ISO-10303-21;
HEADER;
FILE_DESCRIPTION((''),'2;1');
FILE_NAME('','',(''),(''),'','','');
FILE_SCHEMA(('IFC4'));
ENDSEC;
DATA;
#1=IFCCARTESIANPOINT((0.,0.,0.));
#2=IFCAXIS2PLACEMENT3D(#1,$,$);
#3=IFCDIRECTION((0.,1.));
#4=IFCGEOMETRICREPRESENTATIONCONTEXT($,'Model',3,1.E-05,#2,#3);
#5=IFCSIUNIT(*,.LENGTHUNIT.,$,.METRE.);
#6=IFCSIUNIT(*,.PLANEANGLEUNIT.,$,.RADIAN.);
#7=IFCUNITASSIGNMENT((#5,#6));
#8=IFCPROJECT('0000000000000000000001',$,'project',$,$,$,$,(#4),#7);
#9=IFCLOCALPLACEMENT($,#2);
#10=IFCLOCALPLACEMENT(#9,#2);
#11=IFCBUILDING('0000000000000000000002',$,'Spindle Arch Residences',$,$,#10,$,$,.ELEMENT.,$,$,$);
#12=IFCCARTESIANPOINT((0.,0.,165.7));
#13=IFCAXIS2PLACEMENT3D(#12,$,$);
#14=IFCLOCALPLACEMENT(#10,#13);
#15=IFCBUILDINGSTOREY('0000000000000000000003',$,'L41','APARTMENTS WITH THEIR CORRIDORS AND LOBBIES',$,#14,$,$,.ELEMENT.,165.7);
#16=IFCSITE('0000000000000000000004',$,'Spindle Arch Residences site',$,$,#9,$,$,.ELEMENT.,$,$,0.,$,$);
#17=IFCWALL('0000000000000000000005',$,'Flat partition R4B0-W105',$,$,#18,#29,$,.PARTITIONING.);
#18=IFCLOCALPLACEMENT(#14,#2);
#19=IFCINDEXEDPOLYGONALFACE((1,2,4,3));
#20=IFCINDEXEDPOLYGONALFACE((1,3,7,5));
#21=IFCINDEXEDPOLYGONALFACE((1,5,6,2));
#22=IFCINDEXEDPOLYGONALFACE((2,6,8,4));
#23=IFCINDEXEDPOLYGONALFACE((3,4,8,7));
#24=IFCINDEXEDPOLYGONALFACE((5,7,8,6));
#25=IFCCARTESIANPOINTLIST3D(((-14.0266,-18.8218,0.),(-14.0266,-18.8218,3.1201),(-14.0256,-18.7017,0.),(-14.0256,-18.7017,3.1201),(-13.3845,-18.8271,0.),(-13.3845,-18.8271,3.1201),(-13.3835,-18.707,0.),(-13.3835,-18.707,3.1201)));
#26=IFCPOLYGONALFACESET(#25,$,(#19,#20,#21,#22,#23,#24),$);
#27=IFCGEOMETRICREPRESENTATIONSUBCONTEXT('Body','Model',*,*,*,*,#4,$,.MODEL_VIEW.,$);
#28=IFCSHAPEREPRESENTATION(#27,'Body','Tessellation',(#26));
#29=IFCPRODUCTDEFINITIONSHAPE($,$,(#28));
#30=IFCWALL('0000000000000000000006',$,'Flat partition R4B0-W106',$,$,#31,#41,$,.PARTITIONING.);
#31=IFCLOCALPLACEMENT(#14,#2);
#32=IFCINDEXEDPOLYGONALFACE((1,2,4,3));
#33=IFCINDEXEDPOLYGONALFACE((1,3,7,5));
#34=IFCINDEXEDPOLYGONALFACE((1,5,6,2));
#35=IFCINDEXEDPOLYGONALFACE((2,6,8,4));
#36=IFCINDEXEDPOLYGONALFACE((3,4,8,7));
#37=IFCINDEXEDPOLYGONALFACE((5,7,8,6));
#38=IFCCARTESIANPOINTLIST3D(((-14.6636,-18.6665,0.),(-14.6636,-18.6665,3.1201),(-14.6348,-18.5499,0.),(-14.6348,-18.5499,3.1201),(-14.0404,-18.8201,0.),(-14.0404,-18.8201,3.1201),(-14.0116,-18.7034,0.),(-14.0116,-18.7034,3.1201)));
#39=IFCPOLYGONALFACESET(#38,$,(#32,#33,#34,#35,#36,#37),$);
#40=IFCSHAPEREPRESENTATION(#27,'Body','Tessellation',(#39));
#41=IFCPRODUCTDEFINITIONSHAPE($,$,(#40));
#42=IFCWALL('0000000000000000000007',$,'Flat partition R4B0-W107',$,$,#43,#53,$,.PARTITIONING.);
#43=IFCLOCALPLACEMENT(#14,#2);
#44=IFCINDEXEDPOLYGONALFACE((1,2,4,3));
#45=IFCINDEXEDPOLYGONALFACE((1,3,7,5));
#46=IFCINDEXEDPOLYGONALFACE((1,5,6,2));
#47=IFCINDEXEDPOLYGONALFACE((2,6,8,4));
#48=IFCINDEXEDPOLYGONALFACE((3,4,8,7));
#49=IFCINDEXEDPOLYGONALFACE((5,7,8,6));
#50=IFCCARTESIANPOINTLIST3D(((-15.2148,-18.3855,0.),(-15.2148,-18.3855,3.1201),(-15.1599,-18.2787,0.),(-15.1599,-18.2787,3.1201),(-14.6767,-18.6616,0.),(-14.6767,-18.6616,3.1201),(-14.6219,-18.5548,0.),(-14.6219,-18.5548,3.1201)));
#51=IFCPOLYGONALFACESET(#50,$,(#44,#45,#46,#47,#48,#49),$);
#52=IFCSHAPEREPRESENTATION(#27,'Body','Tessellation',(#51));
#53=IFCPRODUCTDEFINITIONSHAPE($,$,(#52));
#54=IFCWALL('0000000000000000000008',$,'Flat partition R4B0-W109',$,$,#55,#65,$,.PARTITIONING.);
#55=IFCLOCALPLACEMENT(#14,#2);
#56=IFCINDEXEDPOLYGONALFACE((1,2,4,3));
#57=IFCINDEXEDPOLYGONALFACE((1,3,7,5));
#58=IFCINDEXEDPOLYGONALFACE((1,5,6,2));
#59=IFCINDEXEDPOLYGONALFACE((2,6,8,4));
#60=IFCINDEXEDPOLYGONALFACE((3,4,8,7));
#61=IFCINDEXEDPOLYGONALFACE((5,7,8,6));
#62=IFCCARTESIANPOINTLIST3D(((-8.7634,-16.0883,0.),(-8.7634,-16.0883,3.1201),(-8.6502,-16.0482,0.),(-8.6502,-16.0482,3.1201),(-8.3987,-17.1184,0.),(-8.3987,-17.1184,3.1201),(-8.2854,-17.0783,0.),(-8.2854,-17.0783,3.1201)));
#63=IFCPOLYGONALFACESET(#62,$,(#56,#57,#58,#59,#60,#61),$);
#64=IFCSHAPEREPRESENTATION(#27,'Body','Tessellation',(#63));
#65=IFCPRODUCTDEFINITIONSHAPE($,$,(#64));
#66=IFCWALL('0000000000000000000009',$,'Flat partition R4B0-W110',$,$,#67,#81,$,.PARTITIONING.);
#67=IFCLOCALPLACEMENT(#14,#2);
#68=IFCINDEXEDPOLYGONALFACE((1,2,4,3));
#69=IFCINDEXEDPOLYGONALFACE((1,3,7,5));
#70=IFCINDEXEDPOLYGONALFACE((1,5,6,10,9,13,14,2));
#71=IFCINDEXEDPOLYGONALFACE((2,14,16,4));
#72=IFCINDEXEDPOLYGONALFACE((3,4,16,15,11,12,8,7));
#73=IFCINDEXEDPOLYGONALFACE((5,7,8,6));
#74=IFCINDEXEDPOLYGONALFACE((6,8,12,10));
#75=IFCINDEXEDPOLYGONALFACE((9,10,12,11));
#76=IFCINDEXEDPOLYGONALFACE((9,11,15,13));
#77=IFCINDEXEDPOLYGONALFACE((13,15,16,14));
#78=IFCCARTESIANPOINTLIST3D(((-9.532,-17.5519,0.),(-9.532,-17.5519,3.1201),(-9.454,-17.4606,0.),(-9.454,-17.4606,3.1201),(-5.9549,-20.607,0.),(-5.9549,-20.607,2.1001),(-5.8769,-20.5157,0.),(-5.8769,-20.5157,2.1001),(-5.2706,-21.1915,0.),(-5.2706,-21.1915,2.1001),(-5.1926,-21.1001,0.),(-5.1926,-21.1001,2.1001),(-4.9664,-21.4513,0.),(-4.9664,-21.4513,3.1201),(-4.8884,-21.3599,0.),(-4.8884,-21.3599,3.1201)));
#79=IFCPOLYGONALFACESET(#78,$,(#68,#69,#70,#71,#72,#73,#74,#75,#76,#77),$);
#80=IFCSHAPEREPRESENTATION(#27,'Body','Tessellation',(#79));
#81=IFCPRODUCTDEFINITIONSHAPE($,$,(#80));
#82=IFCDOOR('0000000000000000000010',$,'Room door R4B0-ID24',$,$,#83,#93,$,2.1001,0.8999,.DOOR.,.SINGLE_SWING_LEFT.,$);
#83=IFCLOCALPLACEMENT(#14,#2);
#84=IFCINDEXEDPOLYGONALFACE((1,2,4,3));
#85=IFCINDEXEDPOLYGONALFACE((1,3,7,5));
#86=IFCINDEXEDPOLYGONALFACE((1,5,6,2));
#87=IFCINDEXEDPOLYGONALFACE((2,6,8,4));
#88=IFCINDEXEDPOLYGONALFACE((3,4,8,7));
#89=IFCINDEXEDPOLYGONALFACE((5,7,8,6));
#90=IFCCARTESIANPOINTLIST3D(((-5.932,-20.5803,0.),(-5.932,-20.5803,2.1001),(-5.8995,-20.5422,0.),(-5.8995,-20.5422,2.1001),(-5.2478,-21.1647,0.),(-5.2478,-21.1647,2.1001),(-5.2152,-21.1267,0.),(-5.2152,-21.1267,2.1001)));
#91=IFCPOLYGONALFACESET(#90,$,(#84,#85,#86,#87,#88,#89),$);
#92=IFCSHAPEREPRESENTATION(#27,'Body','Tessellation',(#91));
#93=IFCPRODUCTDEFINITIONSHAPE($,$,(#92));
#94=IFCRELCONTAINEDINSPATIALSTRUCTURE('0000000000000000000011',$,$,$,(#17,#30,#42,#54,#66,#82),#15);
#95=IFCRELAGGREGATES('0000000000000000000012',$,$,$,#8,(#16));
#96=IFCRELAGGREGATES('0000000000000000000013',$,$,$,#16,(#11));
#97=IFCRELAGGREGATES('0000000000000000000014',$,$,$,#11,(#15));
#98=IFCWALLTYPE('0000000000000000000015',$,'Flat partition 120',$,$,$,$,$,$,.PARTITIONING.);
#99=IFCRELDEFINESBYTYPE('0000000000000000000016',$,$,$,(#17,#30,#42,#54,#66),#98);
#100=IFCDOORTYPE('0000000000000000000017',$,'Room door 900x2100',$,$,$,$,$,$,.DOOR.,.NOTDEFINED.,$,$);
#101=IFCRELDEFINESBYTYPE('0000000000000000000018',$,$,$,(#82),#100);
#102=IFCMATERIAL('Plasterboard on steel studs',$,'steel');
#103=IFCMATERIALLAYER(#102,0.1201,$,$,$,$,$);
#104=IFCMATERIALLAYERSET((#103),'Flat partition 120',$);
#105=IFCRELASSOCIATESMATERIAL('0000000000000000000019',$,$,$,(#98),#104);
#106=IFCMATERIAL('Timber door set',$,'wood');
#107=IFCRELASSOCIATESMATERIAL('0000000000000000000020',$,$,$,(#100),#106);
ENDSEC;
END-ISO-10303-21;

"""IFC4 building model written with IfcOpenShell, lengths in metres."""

from ifc_helpers import new_model, si_unit, direction, frame, frame_2d, origin, place, context, subcontext, project, spatial, rectangle, extrude, material, layer, layer_set, type_object, element, fill, save


model = new_model("IFC4")

# Units and contexts
model_context = context("Model", 3, precision=1e-05, world=origin(), true_north=direction((0.0, 1.0)))
body_context = subcontext(model_context, "Body", "Model", "MODEL_VIEW")
ifc_project = project(units=[si_unit("LENGTHUNIT", "METRE"), si_unit("PLANEANGLEUNIT", "RADIAN")], contexts=[model_context])

# Site, building, storey
site_placement = place(None, origin())
site = spatial("IfcSite", under=ifc_project, at=site_placement, Name="Spindle Arch Residences site", CompositionType="ELEMENT", RefElevation=0.0)
building_placement = place(site_placement, origin())
building = spatial("IfcBuilding", under=site, at=building_placement, Name="Spindle Arch Residences", CompositionType="ELEMENT")
storey_placement = place(building_placement, frame((0.0, 0.0, 165.7)))
storey = spatial("IfcBuildingStorey", under=building, at=storey_placement, Name="L41", Description="APARTMENTS WITH THEIR CORRIDORS AND LOBBIES", CompositionType="ELEMENT", Elevation=165.7)

# Shared definitions
ifc_material_1 = material(Name="Plasterboard on steel studs", Category="steel")
ifc_layer_1 = layer(ifc_material_1, 0.1201)
ifc_layer_set_1 = layer_set([ifc_layer_1], Name="Flat partition 120")
wall_type_1 = type_object("IfcWallType", Name="Flat partition 120", PredefinedType="PARTITIONING", material=ifc_layer_set_1)
ifc_material_2 = material(Name="Timber door set", Category="wood")
door_type_1 = type_object("IfcDoorType", Name="Room door 900x2100", OperationType="NOTDEFINED", PredefinedType="DOOR", material=ifc_material_2)

# Walls
wall_1_placement = place(storey_placement, frame((-13.384, -18.7671, 0.0), z_axis=(0.0, 0.0, 1.0), x_axis=(-0.999965, 0.008365, 0.0)))
element("IfcWall", 1, at=wall_1_placement, inside=storey, type_object=wall_type_1, Name="Flat partition R4B0-W105", PredefinedType="PARTITIONING", context=body_context, shape_type="SweptSolid", body=[
    extrude(rectangle(XDim=0.6421, YDim=0.1201, at=frame_2d((0.321, 0.0))), origin(), (0.0, 0.0, 1.0), 3.1201),
])
wall_2_placement = place(storey_placement, frame((-14.0261, -18.7617, 0.0), z_axis=(0.0, 0.0, 1.0), x_axis=(-0.970965, 0.239223, 0.0)))
element("IfcWall", 2, at=wall_2_placement, inside=storey, type_object=wall_type_1, Name="Flat partition R4B0-W106", PredefinedType="PARTITIONING", context=body_context, shape_type="SweptSolid", body=[
    extrude(rectangle(XDim=0.6418, YDim=0.1201, at=frame_2d((0.3208, 0.0))), origin(), (0.0, 0.0, 1.0), 3.1201),
])
wall_3_placement = place(storey_placement, frame((-14.6494, -18.6082, 0.0), z_axis=(0.0, 0.0, 1.0), x_axis=(-0.889696, 0.456554, 0.0)))
element("IfcWall", 3, at=wall_3_placement, inside=storey, type_object=wall_type_1, Name="Flat partition R4B0-W107", PredefinedType="PARTITIONING", context=body_context, shape_type="SweptSolid", body=[
    extrude(rectangle(XDim=0.6047, YDim=0.1201, at=frame_2d((0.3022, 0.0))), origin(), (0.0, 0.0, 1.0), 3.1201),
])
wall_4_placement = place(storey_placement, frame((-8.342, -17.0984, 0.0), z_axis=(0.0, 0.0, 1.0), x_axis=(-0.333802, 0.942643, 0.0)))
element("IfcWall", 4, at=wall_4_placement, inside=storey, type_object=wall_type_1, Name="Flat partition R4B0-W109", PredefinedType="PARTITIONING", context=body_context, shape_type="SweptSolid", body=[
    extrude(rectangle(XDim=1.0928, YDim=0.1201, at=frame_2d((0.5464, 0.0))), origin(), (0.0, 0.0, 1.0), 3.1201),
])

# Wall, opening, door
wall_5_placement = place(storey_placement, frame((-4.9275, -21.4055, 0.0), z_axis=(0.0, 0.0, 1.0), x_axis=(-0.760409, 0.649444, 0.0)))
wall_5 = element("IfcWall", 5, at=wall_5_placement, inside=storey, type_object=wall_type_1, Name="Flat partition R4B0-W110", PredefinedType="PARTITIONING", context=body_context, shape_type="SweptSolid", body=[
    extrude(rectangle(XDim=6.0042, YDim=0.1201, at=frame_2d((3.002, 0.0))), origin(), (0.0, 0.0, 1.0), 3.1201),
])
opening_1_placement = place(wall_5_placement, frame((0.3999, 0.0, 0.0)))
opening_1 = element("IfcOpeningElement", 6, at=opening_1_placement, cuts=wall_5, PredefinedType="OPENING", context=body_context, shape_type="SweptSolid", body=[
    extrude(rectangle(XDim=0.8999, YDim=2.1001, at=frame_2d((0.45, 1.05))), frame((0.0, 0.0701, 0.0), z_axis=(0.0, -1.0, 0.0), x_axis=(1.0, 0.0, 0.0)), (0.0, 0.0, 1.0), 0.1401),
])
door_1_placement = place(opening_1_placement, origin())
door_1 = element("IfcDoor", 7, at=door_1_placement, inside=storey, type_object=door_type_1, Name="Room door R4B0-ID24", OperationType="SINGLE_SWING_LEFT", OverallHeight=2.1001, OverallWidth=0.8999, PredefinedType="DOOR", context=body_context, shape_type="SweptSolid", body=[
    extrude(rectangle(XDim=0.8999, YDim=2.1001, at=frame_2d((0.45, 1.05))), frame((0.0, 0.0249, 0.0), z_axis=(0.0, -1.0, 0.0), x_axis=(1.0, 0.0, 0.0)), (0.0, 0.0, 1.0), 0.05),
])
fill(opening_1, door_1)

save(model, "model.ifc")
